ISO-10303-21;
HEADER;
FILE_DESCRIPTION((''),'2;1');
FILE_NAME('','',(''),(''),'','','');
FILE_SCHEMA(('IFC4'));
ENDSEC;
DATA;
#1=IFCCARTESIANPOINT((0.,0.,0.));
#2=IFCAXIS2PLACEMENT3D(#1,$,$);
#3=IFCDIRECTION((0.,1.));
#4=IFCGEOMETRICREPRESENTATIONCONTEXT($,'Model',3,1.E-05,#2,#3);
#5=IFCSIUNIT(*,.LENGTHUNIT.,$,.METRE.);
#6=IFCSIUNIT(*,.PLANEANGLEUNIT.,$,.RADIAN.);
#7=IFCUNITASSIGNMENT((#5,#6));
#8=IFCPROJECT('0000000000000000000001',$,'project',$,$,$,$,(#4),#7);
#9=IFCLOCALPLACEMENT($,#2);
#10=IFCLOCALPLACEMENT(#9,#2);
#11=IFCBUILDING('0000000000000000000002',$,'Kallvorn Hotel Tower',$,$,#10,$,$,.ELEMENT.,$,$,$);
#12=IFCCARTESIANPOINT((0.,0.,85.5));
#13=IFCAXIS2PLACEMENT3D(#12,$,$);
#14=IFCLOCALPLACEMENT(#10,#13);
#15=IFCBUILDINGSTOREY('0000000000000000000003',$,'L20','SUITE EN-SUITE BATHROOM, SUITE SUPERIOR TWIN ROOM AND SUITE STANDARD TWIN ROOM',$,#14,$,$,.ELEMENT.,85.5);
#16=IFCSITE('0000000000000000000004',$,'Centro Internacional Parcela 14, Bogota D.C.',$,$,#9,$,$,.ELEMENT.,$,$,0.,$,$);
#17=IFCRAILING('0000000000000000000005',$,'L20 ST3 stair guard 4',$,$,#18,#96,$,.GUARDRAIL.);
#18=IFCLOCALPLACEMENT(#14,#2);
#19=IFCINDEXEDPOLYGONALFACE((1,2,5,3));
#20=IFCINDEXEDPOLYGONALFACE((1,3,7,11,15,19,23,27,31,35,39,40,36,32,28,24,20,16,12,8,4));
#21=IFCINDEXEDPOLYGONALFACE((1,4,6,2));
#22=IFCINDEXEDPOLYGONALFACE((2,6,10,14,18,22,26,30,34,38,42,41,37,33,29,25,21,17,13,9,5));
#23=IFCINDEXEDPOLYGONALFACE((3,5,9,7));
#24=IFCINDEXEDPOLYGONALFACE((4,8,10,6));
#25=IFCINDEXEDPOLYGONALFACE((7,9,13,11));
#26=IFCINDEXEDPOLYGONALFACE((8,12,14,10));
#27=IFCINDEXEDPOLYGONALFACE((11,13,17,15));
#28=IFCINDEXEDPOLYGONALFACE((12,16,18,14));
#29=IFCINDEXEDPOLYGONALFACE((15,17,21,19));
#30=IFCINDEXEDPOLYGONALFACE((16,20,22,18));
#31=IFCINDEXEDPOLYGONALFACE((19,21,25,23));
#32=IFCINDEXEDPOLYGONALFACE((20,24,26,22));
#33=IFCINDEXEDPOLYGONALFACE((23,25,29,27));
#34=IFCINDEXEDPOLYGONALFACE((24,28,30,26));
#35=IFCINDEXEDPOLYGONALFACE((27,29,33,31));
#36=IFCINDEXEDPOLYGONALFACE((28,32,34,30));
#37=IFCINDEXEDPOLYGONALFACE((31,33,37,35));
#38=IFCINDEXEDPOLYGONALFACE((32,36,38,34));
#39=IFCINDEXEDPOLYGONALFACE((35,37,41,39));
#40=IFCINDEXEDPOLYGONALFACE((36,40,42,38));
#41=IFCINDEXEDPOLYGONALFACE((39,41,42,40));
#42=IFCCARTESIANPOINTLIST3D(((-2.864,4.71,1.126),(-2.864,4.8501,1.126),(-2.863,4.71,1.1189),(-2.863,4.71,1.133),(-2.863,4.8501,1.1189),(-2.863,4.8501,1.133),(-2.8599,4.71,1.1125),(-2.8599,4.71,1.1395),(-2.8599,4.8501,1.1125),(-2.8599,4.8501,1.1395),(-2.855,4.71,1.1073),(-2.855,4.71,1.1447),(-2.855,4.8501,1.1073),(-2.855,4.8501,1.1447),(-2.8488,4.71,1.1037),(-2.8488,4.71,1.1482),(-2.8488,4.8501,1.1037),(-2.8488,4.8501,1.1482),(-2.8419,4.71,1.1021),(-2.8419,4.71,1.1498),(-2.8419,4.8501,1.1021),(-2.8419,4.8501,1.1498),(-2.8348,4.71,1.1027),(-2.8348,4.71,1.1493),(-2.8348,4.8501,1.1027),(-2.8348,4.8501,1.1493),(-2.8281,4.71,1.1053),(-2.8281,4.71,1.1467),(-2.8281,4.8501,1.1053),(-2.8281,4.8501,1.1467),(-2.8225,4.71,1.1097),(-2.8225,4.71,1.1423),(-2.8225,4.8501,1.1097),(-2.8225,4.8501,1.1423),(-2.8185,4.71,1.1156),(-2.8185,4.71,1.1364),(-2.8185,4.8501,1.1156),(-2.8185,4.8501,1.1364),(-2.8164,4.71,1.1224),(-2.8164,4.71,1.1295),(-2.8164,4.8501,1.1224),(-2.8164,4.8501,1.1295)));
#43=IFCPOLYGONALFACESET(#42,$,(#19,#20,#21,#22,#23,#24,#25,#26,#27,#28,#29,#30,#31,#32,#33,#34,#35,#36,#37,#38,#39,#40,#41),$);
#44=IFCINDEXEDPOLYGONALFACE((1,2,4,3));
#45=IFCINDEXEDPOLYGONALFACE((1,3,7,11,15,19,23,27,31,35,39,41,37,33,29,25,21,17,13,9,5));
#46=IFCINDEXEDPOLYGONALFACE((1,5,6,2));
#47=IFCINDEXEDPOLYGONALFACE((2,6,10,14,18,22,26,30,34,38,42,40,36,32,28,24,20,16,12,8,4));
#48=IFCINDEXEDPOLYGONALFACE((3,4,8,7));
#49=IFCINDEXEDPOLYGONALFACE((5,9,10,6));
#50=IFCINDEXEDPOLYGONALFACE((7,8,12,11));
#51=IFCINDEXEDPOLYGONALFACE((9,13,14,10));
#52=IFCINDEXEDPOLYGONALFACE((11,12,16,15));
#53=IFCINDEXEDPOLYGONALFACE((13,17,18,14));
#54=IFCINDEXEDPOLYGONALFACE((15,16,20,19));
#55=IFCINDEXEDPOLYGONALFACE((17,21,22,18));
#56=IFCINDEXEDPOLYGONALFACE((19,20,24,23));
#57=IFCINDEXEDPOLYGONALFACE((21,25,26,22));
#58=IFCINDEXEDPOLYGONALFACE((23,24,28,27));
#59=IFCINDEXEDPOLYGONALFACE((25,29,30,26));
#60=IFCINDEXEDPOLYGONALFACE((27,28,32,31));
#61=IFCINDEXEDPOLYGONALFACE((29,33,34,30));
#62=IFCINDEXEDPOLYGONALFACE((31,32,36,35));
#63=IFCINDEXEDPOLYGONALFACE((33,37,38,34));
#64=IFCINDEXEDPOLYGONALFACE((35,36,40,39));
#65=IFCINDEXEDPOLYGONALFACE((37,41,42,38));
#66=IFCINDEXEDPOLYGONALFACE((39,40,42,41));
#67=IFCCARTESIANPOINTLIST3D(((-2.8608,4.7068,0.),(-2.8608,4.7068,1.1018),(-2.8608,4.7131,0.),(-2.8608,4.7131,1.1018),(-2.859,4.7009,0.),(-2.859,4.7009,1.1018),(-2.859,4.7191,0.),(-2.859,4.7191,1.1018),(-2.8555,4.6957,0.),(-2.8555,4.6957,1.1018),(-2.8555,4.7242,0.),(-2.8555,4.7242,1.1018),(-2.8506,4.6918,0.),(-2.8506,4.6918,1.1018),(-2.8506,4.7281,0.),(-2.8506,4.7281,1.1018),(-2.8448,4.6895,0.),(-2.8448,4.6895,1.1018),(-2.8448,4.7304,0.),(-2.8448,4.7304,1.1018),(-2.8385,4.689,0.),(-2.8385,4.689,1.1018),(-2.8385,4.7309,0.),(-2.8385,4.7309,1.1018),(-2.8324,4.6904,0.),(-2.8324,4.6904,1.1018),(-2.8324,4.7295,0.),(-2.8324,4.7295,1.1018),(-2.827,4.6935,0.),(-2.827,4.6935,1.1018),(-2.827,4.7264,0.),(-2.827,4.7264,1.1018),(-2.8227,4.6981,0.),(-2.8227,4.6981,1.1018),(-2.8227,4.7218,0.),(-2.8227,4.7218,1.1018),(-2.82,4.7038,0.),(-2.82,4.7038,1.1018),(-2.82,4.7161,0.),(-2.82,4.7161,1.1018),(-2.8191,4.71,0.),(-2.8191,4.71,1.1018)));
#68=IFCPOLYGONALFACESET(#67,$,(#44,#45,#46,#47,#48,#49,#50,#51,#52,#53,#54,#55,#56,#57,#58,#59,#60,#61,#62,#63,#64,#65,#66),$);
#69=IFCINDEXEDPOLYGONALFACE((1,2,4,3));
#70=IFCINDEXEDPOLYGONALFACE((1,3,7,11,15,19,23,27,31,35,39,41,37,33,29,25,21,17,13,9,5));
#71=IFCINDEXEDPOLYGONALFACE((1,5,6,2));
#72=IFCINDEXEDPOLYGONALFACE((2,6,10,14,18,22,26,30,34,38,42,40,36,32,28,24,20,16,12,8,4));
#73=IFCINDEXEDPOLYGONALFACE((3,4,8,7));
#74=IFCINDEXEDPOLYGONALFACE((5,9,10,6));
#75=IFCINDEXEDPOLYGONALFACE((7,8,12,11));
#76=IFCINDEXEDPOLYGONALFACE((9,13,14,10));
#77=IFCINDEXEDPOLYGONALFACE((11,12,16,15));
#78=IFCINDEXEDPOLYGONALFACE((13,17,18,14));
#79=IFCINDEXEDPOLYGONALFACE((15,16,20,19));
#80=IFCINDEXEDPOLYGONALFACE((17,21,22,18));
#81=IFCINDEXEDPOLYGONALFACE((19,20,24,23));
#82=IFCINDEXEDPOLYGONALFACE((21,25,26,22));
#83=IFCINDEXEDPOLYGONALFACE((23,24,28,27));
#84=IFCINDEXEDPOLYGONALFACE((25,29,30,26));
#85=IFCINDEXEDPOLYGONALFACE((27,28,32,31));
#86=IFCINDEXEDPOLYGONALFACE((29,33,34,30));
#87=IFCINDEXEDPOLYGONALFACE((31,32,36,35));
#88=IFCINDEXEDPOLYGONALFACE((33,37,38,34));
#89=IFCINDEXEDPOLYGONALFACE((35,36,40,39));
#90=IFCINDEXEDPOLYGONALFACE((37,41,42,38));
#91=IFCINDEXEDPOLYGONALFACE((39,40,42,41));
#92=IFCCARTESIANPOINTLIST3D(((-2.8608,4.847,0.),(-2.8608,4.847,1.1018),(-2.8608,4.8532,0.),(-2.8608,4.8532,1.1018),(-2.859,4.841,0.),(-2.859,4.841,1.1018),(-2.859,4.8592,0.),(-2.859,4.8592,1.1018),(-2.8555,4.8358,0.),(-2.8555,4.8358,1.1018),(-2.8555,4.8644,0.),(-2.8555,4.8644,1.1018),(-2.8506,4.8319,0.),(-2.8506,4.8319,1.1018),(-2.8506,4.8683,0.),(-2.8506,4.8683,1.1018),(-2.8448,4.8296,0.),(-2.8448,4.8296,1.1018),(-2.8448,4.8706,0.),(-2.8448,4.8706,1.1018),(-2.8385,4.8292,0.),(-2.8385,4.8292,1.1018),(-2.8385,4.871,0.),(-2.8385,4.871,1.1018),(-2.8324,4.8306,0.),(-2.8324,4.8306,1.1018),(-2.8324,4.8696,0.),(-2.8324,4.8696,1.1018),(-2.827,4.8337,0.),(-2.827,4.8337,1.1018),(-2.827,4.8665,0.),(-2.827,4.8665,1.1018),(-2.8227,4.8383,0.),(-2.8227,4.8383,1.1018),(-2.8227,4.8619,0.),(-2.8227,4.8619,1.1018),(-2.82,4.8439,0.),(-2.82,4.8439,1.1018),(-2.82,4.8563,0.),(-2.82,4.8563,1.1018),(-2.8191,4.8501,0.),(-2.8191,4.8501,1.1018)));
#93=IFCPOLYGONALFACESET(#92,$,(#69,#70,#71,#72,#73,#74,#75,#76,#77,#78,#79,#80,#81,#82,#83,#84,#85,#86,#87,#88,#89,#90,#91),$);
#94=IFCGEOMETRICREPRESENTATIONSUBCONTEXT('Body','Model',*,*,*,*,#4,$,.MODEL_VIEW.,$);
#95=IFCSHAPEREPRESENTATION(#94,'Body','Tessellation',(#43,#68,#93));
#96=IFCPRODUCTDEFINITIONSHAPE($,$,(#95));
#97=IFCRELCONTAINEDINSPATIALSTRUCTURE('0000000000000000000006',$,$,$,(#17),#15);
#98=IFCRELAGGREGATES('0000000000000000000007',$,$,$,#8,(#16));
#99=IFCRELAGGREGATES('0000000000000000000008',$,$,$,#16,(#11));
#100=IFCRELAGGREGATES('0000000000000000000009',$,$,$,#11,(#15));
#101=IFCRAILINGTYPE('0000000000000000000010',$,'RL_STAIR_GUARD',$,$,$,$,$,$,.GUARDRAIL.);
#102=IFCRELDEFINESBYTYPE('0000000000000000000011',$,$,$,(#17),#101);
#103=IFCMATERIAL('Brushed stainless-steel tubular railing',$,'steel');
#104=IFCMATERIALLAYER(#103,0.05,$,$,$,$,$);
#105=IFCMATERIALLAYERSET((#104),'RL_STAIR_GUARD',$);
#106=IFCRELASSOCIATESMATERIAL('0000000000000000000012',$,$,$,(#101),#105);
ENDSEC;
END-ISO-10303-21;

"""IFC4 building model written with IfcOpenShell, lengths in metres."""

from ifc_helpers import new_model, si_unit, direction, frame, origin, origin_2d, place, context, subcontext, project, spatial, circle, extrude, material, layer, layer_set, type_object, element, save


model = new_model("IFC4")

# Units and contexts
model_context = context("Model", 3, precision=1e-05, world=origin(), true_north=direction((0.0, 1.0)))
body_context = subcontext(model_context, "Body", "Model", "MODEL_VIEW")
ifc_project = project(units=[si_unit("LENGTHUNIT", "METRE"), si_unit("PLANEANGLEUNIT", "RADIAN")], contexts=[model_context])

# Site, building, storey
site_placement = place(None, origin())
site = spatial("IfcSite", under=ifc_project, at=site_placement, Name="Centro Internacional Parcela 14, Bogota D.C.", CompositionType="ELEMENT", RefElevation=0.0)
building_placement = place(site_placement, origin())
building = spatial("IfcBuilding", under=site, at=building_placement, Name="Kallvorn Hotel Tower", CompositionType="ELEMENT")
storey_placement = place(building_placement, frame((0.0, 0.0, 85.5)))
storey = spatial("IfcBuildingStorey", under=building, at=storey_placement, Name="L20", Description="SUITE EN-SUITE BATHROOM, SUITE SUPERIOR TWIN ROOM AND SUITE STANDARD TWIN ROOM", CompositionType="ELEMENT", Elevation=85.5)

# Railing
ifc_material_1 = material(Name="Brushed stainless-steel tubular railing", Category="steel")
ifc_layer_1 = layer(ifc_material_1, 0.05)
ifc_layer_set_1 = layer_set([ifc_layer_1], Name="RL_STAIR_GUARD")
railing_type_1 = type_object("IfcRailingType", Name="RL_STAIR_GUARD", PredefinedType="GUARDRAIL", material=ifc_layer_set_1)
railing_1_placement = place(storey_placement, frame((-2.8401, 4.71, 0.0)))
element("IfcRailing", 1, at=railing_1_placement, inside=storey, type_object=railing_type_1, Name="L20 ST3 stair guard 4", PredefinedType="GUARDRAIL", context=body_context, shape_type="SweptSolid", body=[
    extrude(circle(Radius=0.0239, at=origin_2d()), frame((0.0, 0.0, 1.126), z_axis=(0.0, 1.0, 0.0), x_axis=(-1.0, 0.0, 0.0)), (0.0, 0.0, 1.0), 0.1401),
    extrude(circle(Radius=0.021, at=origin_2d()), origin(), (0.0, 0.0, 1.0), 1.1018),
    extrude(circle(Radius=0.021, at=origin_2d()), frame((0.0, 0.1401, 0.0)), (0.0, 0.0, 1.0), 1.1018),
])

save(model, "model.ifc")
